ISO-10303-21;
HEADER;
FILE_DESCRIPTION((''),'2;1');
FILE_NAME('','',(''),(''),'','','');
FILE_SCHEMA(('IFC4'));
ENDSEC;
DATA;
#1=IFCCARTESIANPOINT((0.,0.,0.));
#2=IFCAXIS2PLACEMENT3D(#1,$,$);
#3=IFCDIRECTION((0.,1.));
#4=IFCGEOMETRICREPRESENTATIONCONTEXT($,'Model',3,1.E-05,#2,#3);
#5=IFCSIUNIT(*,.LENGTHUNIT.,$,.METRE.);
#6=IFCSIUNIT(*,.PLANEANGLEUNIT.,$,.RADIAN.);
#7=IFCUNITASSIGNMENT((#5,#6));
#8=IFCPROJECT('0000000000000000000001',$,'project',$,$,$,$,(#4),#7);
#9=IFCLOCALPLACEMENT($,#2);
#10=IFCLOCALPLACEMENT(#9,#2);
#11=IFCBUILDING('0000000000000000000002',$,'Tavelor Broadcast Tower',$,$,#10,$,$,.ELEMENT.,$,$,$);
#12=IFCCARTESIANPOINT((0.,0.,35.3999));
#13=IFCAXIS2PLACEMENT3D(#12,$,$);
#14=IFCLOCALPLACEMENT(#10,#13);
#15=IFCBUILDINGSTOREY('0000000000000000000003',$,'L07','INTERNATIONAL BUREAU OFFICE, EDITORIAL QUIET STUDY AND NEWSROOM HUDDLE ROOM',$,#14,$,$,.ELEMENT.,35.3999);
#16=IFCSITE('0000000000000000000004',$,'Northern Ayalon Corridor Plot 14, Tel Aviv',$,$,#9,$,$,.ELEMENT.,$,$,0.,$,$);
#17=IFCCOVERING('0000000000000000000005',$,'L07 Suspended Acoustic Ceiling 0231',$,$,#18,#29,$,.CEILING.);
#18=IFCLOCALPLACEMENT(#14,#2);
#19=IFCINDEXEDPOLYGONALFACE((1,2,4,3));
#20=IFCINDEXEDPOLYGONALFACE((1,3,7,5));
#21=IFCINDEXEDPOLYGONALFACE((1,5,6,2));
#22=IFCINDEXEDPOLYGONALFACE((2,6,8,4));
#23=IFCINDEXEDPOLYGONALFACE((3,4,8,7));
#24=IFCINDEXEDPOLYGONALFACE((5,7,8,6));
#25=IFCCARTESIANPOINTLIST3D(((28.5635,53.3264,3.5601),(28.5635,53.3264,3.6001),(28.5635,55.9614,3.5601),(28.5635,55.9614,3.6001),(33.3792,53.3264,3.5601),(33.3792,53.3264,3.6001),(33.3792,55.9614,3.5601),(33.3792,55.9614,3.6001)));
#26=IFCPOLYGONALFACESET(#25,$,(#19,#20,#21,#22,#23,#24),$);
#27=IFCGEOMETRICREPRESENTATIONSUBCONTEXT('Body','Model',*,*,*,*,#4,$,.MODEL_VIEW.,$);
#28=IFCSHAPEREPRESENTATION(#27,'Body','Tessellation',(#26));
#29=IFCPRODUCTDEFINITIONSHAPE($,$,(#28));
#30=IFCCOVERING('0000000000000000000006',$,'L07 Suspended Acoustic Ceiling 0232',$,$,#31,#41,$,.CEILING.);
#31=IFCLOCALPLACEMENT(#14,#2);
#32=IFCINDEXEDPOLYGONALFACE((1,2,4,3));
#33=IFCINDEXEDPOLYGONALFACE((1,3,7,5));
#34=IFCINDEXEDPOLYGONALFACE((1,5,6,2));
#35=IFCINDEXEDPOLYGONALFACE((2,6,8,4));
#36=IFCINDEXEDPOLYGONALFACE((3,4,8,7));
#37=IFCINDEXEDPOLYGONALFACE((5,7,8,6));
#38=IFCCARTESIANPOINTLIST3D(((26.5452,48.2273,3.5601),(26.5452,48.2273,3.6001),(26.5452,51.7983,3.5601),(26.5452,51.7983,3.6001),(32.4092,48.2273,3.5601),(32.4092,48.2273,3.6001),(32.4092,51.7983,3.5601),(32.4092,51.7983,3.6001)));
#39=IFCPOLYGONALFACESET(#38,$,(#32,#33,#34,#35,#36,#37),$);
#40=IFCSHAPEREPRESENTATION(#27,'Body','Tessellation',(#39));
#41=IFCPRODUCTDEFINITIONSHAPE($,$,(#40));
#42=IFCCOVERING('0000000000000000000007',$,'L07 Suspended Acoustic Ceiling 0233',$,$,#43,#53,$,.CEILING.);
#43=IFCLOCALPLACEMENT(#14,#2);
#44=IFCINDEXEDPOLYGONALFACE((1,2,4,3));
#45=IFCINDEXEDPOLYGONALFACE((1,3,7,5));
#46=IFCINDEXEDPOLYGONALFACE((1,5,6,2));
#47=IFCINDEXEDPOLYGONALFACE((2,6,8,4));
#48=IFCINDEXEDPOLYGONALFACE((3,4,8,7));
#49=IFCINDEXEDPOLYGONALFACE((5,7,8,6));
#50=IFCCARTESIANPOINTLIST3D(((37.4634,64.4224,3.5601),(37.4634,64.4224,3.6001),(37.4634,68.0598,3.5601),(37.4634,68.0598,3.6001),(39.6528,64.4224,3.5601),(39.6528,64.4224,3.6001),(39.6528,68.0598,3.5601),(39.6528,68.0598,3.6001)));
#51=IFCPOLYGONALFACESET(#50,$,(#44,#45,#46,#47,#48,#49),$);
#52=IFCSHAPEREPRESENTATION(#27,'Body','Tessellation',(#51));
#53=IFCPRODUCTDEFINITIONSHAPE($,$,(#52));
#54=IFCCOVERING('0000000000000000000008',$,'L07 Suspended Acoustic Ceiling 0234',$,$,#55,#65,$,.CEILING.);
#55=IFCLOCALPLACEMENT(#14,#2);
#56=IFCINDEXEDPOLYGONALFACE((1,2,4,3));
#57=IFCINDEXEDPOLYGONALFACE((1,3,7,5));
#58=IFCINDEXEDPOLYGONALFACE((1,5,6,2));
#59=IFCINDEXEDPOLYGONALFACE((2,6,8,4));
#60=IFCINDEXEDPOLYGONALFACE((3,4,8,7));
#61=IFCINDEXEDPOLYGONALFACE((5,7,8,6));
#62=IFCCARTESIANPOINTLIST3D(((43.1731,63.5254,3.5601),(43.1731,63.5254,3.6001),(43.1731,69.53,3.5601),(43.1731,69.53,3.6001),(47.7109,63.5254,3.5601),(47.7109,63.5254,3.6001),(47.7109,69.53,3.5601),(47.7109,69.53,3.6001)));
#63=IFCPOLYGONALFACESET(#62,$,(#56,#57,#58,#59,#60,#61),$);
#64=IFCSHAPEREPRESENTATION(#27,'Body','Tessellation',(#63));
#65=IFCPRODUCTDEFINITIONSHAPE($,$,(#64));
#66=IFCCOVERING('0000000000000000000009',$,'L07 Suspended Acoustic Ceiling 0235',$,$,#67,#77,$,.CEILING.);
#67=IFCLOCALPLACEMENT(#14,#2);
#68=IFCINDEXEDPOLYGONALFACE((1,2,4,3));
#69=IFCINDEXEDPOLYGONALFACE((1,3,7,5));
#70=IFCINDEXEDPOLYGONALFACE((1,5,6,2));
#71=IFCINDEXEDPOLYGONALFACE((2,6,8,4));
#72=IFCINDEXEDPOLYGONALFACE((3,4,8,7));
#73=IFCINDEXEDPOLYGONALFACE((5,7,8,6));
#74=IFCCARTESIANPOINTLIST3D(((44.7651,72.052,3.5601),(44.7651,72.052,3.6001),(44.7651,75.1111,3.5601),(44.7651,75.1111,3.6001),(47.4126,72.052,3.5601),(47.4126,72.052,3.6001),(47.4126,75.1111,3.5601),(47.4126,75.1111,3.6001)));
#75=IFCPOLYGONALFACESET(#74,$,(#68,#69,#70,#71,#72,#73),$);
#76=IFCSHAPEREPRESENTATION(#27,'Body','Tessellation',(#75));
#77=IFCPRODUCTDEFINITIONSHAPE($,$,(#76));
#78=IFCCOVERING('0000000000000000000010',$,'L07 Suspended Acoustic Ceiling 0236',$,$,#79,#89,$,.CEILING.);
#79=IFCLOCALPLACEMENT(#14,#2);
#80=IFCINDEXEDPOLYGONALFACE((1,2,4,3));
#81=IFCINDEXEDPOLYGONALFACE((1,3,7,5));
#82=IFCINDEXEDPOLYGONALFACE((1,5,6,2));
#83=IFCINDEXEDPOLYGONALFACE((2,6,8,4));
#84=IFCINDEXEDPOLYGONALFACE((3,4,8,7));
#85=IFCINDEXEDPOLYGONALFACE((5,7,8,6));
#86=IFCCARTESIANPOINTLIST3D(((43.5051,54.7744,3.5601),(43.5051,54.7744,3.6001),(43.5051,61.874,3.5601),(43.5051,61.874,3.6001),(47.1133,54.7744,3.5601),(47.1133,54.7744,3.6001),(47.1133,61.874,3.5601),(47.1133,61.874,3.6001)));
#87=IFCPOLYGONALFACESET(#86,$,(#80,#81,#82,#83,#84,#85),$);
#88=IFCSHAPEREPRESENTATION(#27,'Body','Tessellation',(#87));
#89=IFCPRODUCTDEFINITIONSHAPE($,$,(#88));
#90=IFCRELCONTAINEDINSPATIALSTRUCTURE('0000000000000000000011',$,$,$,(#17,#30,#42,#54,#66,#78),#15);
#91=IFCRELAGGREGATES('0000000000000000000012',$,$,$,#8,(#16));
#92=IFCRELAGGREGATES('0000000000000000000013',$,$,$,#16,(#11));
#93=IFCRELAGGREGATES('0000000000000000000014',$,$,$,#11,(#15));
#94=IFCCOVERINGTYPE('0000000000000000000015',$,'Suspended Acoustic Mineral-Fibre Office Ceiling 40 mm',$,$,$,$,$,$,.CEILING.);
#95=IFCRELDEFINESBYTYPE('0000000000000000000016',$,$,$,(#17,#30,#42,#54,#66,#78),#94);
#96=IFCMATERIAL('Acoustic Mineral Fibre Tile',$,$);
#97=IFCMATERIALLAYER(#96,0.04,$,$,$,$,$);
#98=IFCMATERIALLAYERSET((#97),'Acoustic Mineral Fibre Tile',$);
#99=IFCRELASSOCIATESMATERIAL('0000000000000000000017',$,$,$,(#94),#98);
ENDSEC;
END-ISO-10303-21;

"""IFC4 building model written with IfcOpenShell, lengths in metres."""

from ifc_helpers import new_model, si_unit, direction, frame, origin, place, context, subcontext, project, spatial, polyline, outline, extrude, material, layer, layer_set, type_object, element, save


model = new_model("IFC4")

# Units and contexts
model_context = context("Model", 3, precision=1e-05, world=origin(), true_north=direction((0.0, 1.0)))
body_context = subcontext(model_context, "Body", "Model", "MODEL_VIEW")
ifc_project = project(units=[si_unit("LENGTHUNIT", "METRE"), si_unit("PLANEANGLEUNIT", "RADIAN")], contexts=[model_context])

# Site, building, storey
site_placement = place(None, origin())
site = spatial("IfcSite", under=ifc_project, at=site_placement, Name="Northern Ayalon Corridor Plot 14, Tel Aviv", CompositionType="ELEMENT", RefElevation=0.0)
building_placement = place(site_placement, origin())
building = spatial("IfcBuilding", under=site, at=building_placement, Name="Tavelor Broadcast Tower", CompositionType="ELEMENT")
storey_placement = place(building_placement, frame((0.0, 0.0, 35.3999)))
storey = spatial("IfcBuildingStorey", under=building, at=storey_placement, Name="L07", Description="INTERNATIONAL BUREAU OFFICE, EDITORIAL QUIET STUDY AND NEWSROOM HUDDLE ROOM", CompositionType="ELEMENT", Elevation=35.3999)

# Coverings
ifc_material_1 = material(Name="Acoustic Mineral Fibre Tile")
ifc_layer_1 = layer(ifc_material_1, 0.04)
ifc_layer_set_1 = layer_set([ifc_layer_1], Name="Acoustic Mineral Fibre Tile")
covering_type_1 = type_object("IfcCoveringType", Name="Suspended Acoustic Mineral-Fibre Office Ceiling 40 mm", PredefinedType="CEILING", material=ifc_layer_set_1)
covering_1_placement = place(storey_placement, frame((0.0, 0.0, 3.5601)))
element("IfcCovering", 1, at=covering_1_placement, inside=storey, type_object=covering_type_1, Name="L07 Suspended Acoustic Ceiling 0231", PredefinedType="CEILING", context=body_context, shape_type="SweptSolid", body=[
    extrude(outline(polyline([(28.5635, 53.3264), (33.3792, 53.3264), (33.3792, 55.9614), (28.5635, 55.9614), (28.5635, 53.3264)])), origin(), (0.0, 0.0, 1.0), 0.04),
])
covering_2_placement = place(storey_placement, frame((0.0, 0.0, 3.5601)))
element("IfcCovering", 2, at=covering_2_placement, inside=storey, type_object=covering_type_1, Name="L07 Suspended Acoustic Ceiling 0232", PredefinedType="CEILING", context=body_context, shape_type="SweptSolid", body=[
    extrude(outline(polyline([(26.5452, 48.2273), (32.4092, 48.2273), (32.4092, 51.7983), (26.5452, 51.7983), (26.5452, 48.2273)])), origin(), (0.0, 0.0, 1.0), 0.04),
])
covering_3_placement = place(storey_placement, frame((0.0, 0.0, 3.5601)))
element("IfcCovering", 3, at=covering_3_placement, inside=storey, type_object=covering_type_1, Name="L07 Suspended Acoustic Ceiling 0233", PredefinedType="CEILING", context=body_context, shape_type="SweptSolid", body=[
    extrude(outline(polyline([(37.4634, 64.4224), (39.6528, 64.4224), (39.6528, 68.0598), (37.4634, 68.0598), (37.4634, 64.4224)])), origin(), (0.0, 0.0, 1.0), 0.04),
])
covering_4_placement = place(storey_placement, frame((0.0, 0.0, 3.5601)))
element("IfcCovering", 4, at=covering_4_placement, inside=storey, type_object=covering_type_1, Name="L07 Suspended Acoustic Ceiling 0234", PredefinedType="CEILING", context=body_context, shape_type="SweptSolid", body=[
    extrude(outline(polyline([(43.1731, 63.5254), (47.7109, 63.5254), (47.7109, 69.53), (43.1731, 69.53), (43.1731, 63.5254)])), origin(), (0.0, 0.0, 1.0), 0.04),
])
covering_5_placement = place(storey_placement, frame((0.0, 0.0, 3.5601)))
element("IfcCovering", 5, at=covering_5_placement, inside=storey, type_object=covering_type_1, Name="L07 Suspended Acoustic Ceiling 0235", PredefinedType="CEILING", context=body_context, shape_type="SweptSolid", body=[
    extrude(outline(polyline([(44.7651, 72.052), (47.4126, 72.052), (47.4126, 75.1111), (44.7651, 75.1111), (44.7651, 72.052)])), origin(), (0.0, 0.0, 1.0), 0.04),
])
covering_6_placement = place(storey_placement, frame((0.0, 0.0, 3.5601)))
element("IfcCovering", 6, at=covering_6_placement, inside=storey, type_object=covering_type_1, Name="L07 Suspended Acoustic Ceiling 0236", PredefinedType="CEILING", context=body_context, shape_type="SweptSolid", body=[
    extrude(outline(polyline([(43.5051, 54.7744), (47.1133, 54.7744), (47.1133, 61.874), (43.5051, 61.874), (43.5051, 54.7744)])), origin(), (0.0, 0.0, 1.0), 0.04),
])

save(model, "model.ifc")
